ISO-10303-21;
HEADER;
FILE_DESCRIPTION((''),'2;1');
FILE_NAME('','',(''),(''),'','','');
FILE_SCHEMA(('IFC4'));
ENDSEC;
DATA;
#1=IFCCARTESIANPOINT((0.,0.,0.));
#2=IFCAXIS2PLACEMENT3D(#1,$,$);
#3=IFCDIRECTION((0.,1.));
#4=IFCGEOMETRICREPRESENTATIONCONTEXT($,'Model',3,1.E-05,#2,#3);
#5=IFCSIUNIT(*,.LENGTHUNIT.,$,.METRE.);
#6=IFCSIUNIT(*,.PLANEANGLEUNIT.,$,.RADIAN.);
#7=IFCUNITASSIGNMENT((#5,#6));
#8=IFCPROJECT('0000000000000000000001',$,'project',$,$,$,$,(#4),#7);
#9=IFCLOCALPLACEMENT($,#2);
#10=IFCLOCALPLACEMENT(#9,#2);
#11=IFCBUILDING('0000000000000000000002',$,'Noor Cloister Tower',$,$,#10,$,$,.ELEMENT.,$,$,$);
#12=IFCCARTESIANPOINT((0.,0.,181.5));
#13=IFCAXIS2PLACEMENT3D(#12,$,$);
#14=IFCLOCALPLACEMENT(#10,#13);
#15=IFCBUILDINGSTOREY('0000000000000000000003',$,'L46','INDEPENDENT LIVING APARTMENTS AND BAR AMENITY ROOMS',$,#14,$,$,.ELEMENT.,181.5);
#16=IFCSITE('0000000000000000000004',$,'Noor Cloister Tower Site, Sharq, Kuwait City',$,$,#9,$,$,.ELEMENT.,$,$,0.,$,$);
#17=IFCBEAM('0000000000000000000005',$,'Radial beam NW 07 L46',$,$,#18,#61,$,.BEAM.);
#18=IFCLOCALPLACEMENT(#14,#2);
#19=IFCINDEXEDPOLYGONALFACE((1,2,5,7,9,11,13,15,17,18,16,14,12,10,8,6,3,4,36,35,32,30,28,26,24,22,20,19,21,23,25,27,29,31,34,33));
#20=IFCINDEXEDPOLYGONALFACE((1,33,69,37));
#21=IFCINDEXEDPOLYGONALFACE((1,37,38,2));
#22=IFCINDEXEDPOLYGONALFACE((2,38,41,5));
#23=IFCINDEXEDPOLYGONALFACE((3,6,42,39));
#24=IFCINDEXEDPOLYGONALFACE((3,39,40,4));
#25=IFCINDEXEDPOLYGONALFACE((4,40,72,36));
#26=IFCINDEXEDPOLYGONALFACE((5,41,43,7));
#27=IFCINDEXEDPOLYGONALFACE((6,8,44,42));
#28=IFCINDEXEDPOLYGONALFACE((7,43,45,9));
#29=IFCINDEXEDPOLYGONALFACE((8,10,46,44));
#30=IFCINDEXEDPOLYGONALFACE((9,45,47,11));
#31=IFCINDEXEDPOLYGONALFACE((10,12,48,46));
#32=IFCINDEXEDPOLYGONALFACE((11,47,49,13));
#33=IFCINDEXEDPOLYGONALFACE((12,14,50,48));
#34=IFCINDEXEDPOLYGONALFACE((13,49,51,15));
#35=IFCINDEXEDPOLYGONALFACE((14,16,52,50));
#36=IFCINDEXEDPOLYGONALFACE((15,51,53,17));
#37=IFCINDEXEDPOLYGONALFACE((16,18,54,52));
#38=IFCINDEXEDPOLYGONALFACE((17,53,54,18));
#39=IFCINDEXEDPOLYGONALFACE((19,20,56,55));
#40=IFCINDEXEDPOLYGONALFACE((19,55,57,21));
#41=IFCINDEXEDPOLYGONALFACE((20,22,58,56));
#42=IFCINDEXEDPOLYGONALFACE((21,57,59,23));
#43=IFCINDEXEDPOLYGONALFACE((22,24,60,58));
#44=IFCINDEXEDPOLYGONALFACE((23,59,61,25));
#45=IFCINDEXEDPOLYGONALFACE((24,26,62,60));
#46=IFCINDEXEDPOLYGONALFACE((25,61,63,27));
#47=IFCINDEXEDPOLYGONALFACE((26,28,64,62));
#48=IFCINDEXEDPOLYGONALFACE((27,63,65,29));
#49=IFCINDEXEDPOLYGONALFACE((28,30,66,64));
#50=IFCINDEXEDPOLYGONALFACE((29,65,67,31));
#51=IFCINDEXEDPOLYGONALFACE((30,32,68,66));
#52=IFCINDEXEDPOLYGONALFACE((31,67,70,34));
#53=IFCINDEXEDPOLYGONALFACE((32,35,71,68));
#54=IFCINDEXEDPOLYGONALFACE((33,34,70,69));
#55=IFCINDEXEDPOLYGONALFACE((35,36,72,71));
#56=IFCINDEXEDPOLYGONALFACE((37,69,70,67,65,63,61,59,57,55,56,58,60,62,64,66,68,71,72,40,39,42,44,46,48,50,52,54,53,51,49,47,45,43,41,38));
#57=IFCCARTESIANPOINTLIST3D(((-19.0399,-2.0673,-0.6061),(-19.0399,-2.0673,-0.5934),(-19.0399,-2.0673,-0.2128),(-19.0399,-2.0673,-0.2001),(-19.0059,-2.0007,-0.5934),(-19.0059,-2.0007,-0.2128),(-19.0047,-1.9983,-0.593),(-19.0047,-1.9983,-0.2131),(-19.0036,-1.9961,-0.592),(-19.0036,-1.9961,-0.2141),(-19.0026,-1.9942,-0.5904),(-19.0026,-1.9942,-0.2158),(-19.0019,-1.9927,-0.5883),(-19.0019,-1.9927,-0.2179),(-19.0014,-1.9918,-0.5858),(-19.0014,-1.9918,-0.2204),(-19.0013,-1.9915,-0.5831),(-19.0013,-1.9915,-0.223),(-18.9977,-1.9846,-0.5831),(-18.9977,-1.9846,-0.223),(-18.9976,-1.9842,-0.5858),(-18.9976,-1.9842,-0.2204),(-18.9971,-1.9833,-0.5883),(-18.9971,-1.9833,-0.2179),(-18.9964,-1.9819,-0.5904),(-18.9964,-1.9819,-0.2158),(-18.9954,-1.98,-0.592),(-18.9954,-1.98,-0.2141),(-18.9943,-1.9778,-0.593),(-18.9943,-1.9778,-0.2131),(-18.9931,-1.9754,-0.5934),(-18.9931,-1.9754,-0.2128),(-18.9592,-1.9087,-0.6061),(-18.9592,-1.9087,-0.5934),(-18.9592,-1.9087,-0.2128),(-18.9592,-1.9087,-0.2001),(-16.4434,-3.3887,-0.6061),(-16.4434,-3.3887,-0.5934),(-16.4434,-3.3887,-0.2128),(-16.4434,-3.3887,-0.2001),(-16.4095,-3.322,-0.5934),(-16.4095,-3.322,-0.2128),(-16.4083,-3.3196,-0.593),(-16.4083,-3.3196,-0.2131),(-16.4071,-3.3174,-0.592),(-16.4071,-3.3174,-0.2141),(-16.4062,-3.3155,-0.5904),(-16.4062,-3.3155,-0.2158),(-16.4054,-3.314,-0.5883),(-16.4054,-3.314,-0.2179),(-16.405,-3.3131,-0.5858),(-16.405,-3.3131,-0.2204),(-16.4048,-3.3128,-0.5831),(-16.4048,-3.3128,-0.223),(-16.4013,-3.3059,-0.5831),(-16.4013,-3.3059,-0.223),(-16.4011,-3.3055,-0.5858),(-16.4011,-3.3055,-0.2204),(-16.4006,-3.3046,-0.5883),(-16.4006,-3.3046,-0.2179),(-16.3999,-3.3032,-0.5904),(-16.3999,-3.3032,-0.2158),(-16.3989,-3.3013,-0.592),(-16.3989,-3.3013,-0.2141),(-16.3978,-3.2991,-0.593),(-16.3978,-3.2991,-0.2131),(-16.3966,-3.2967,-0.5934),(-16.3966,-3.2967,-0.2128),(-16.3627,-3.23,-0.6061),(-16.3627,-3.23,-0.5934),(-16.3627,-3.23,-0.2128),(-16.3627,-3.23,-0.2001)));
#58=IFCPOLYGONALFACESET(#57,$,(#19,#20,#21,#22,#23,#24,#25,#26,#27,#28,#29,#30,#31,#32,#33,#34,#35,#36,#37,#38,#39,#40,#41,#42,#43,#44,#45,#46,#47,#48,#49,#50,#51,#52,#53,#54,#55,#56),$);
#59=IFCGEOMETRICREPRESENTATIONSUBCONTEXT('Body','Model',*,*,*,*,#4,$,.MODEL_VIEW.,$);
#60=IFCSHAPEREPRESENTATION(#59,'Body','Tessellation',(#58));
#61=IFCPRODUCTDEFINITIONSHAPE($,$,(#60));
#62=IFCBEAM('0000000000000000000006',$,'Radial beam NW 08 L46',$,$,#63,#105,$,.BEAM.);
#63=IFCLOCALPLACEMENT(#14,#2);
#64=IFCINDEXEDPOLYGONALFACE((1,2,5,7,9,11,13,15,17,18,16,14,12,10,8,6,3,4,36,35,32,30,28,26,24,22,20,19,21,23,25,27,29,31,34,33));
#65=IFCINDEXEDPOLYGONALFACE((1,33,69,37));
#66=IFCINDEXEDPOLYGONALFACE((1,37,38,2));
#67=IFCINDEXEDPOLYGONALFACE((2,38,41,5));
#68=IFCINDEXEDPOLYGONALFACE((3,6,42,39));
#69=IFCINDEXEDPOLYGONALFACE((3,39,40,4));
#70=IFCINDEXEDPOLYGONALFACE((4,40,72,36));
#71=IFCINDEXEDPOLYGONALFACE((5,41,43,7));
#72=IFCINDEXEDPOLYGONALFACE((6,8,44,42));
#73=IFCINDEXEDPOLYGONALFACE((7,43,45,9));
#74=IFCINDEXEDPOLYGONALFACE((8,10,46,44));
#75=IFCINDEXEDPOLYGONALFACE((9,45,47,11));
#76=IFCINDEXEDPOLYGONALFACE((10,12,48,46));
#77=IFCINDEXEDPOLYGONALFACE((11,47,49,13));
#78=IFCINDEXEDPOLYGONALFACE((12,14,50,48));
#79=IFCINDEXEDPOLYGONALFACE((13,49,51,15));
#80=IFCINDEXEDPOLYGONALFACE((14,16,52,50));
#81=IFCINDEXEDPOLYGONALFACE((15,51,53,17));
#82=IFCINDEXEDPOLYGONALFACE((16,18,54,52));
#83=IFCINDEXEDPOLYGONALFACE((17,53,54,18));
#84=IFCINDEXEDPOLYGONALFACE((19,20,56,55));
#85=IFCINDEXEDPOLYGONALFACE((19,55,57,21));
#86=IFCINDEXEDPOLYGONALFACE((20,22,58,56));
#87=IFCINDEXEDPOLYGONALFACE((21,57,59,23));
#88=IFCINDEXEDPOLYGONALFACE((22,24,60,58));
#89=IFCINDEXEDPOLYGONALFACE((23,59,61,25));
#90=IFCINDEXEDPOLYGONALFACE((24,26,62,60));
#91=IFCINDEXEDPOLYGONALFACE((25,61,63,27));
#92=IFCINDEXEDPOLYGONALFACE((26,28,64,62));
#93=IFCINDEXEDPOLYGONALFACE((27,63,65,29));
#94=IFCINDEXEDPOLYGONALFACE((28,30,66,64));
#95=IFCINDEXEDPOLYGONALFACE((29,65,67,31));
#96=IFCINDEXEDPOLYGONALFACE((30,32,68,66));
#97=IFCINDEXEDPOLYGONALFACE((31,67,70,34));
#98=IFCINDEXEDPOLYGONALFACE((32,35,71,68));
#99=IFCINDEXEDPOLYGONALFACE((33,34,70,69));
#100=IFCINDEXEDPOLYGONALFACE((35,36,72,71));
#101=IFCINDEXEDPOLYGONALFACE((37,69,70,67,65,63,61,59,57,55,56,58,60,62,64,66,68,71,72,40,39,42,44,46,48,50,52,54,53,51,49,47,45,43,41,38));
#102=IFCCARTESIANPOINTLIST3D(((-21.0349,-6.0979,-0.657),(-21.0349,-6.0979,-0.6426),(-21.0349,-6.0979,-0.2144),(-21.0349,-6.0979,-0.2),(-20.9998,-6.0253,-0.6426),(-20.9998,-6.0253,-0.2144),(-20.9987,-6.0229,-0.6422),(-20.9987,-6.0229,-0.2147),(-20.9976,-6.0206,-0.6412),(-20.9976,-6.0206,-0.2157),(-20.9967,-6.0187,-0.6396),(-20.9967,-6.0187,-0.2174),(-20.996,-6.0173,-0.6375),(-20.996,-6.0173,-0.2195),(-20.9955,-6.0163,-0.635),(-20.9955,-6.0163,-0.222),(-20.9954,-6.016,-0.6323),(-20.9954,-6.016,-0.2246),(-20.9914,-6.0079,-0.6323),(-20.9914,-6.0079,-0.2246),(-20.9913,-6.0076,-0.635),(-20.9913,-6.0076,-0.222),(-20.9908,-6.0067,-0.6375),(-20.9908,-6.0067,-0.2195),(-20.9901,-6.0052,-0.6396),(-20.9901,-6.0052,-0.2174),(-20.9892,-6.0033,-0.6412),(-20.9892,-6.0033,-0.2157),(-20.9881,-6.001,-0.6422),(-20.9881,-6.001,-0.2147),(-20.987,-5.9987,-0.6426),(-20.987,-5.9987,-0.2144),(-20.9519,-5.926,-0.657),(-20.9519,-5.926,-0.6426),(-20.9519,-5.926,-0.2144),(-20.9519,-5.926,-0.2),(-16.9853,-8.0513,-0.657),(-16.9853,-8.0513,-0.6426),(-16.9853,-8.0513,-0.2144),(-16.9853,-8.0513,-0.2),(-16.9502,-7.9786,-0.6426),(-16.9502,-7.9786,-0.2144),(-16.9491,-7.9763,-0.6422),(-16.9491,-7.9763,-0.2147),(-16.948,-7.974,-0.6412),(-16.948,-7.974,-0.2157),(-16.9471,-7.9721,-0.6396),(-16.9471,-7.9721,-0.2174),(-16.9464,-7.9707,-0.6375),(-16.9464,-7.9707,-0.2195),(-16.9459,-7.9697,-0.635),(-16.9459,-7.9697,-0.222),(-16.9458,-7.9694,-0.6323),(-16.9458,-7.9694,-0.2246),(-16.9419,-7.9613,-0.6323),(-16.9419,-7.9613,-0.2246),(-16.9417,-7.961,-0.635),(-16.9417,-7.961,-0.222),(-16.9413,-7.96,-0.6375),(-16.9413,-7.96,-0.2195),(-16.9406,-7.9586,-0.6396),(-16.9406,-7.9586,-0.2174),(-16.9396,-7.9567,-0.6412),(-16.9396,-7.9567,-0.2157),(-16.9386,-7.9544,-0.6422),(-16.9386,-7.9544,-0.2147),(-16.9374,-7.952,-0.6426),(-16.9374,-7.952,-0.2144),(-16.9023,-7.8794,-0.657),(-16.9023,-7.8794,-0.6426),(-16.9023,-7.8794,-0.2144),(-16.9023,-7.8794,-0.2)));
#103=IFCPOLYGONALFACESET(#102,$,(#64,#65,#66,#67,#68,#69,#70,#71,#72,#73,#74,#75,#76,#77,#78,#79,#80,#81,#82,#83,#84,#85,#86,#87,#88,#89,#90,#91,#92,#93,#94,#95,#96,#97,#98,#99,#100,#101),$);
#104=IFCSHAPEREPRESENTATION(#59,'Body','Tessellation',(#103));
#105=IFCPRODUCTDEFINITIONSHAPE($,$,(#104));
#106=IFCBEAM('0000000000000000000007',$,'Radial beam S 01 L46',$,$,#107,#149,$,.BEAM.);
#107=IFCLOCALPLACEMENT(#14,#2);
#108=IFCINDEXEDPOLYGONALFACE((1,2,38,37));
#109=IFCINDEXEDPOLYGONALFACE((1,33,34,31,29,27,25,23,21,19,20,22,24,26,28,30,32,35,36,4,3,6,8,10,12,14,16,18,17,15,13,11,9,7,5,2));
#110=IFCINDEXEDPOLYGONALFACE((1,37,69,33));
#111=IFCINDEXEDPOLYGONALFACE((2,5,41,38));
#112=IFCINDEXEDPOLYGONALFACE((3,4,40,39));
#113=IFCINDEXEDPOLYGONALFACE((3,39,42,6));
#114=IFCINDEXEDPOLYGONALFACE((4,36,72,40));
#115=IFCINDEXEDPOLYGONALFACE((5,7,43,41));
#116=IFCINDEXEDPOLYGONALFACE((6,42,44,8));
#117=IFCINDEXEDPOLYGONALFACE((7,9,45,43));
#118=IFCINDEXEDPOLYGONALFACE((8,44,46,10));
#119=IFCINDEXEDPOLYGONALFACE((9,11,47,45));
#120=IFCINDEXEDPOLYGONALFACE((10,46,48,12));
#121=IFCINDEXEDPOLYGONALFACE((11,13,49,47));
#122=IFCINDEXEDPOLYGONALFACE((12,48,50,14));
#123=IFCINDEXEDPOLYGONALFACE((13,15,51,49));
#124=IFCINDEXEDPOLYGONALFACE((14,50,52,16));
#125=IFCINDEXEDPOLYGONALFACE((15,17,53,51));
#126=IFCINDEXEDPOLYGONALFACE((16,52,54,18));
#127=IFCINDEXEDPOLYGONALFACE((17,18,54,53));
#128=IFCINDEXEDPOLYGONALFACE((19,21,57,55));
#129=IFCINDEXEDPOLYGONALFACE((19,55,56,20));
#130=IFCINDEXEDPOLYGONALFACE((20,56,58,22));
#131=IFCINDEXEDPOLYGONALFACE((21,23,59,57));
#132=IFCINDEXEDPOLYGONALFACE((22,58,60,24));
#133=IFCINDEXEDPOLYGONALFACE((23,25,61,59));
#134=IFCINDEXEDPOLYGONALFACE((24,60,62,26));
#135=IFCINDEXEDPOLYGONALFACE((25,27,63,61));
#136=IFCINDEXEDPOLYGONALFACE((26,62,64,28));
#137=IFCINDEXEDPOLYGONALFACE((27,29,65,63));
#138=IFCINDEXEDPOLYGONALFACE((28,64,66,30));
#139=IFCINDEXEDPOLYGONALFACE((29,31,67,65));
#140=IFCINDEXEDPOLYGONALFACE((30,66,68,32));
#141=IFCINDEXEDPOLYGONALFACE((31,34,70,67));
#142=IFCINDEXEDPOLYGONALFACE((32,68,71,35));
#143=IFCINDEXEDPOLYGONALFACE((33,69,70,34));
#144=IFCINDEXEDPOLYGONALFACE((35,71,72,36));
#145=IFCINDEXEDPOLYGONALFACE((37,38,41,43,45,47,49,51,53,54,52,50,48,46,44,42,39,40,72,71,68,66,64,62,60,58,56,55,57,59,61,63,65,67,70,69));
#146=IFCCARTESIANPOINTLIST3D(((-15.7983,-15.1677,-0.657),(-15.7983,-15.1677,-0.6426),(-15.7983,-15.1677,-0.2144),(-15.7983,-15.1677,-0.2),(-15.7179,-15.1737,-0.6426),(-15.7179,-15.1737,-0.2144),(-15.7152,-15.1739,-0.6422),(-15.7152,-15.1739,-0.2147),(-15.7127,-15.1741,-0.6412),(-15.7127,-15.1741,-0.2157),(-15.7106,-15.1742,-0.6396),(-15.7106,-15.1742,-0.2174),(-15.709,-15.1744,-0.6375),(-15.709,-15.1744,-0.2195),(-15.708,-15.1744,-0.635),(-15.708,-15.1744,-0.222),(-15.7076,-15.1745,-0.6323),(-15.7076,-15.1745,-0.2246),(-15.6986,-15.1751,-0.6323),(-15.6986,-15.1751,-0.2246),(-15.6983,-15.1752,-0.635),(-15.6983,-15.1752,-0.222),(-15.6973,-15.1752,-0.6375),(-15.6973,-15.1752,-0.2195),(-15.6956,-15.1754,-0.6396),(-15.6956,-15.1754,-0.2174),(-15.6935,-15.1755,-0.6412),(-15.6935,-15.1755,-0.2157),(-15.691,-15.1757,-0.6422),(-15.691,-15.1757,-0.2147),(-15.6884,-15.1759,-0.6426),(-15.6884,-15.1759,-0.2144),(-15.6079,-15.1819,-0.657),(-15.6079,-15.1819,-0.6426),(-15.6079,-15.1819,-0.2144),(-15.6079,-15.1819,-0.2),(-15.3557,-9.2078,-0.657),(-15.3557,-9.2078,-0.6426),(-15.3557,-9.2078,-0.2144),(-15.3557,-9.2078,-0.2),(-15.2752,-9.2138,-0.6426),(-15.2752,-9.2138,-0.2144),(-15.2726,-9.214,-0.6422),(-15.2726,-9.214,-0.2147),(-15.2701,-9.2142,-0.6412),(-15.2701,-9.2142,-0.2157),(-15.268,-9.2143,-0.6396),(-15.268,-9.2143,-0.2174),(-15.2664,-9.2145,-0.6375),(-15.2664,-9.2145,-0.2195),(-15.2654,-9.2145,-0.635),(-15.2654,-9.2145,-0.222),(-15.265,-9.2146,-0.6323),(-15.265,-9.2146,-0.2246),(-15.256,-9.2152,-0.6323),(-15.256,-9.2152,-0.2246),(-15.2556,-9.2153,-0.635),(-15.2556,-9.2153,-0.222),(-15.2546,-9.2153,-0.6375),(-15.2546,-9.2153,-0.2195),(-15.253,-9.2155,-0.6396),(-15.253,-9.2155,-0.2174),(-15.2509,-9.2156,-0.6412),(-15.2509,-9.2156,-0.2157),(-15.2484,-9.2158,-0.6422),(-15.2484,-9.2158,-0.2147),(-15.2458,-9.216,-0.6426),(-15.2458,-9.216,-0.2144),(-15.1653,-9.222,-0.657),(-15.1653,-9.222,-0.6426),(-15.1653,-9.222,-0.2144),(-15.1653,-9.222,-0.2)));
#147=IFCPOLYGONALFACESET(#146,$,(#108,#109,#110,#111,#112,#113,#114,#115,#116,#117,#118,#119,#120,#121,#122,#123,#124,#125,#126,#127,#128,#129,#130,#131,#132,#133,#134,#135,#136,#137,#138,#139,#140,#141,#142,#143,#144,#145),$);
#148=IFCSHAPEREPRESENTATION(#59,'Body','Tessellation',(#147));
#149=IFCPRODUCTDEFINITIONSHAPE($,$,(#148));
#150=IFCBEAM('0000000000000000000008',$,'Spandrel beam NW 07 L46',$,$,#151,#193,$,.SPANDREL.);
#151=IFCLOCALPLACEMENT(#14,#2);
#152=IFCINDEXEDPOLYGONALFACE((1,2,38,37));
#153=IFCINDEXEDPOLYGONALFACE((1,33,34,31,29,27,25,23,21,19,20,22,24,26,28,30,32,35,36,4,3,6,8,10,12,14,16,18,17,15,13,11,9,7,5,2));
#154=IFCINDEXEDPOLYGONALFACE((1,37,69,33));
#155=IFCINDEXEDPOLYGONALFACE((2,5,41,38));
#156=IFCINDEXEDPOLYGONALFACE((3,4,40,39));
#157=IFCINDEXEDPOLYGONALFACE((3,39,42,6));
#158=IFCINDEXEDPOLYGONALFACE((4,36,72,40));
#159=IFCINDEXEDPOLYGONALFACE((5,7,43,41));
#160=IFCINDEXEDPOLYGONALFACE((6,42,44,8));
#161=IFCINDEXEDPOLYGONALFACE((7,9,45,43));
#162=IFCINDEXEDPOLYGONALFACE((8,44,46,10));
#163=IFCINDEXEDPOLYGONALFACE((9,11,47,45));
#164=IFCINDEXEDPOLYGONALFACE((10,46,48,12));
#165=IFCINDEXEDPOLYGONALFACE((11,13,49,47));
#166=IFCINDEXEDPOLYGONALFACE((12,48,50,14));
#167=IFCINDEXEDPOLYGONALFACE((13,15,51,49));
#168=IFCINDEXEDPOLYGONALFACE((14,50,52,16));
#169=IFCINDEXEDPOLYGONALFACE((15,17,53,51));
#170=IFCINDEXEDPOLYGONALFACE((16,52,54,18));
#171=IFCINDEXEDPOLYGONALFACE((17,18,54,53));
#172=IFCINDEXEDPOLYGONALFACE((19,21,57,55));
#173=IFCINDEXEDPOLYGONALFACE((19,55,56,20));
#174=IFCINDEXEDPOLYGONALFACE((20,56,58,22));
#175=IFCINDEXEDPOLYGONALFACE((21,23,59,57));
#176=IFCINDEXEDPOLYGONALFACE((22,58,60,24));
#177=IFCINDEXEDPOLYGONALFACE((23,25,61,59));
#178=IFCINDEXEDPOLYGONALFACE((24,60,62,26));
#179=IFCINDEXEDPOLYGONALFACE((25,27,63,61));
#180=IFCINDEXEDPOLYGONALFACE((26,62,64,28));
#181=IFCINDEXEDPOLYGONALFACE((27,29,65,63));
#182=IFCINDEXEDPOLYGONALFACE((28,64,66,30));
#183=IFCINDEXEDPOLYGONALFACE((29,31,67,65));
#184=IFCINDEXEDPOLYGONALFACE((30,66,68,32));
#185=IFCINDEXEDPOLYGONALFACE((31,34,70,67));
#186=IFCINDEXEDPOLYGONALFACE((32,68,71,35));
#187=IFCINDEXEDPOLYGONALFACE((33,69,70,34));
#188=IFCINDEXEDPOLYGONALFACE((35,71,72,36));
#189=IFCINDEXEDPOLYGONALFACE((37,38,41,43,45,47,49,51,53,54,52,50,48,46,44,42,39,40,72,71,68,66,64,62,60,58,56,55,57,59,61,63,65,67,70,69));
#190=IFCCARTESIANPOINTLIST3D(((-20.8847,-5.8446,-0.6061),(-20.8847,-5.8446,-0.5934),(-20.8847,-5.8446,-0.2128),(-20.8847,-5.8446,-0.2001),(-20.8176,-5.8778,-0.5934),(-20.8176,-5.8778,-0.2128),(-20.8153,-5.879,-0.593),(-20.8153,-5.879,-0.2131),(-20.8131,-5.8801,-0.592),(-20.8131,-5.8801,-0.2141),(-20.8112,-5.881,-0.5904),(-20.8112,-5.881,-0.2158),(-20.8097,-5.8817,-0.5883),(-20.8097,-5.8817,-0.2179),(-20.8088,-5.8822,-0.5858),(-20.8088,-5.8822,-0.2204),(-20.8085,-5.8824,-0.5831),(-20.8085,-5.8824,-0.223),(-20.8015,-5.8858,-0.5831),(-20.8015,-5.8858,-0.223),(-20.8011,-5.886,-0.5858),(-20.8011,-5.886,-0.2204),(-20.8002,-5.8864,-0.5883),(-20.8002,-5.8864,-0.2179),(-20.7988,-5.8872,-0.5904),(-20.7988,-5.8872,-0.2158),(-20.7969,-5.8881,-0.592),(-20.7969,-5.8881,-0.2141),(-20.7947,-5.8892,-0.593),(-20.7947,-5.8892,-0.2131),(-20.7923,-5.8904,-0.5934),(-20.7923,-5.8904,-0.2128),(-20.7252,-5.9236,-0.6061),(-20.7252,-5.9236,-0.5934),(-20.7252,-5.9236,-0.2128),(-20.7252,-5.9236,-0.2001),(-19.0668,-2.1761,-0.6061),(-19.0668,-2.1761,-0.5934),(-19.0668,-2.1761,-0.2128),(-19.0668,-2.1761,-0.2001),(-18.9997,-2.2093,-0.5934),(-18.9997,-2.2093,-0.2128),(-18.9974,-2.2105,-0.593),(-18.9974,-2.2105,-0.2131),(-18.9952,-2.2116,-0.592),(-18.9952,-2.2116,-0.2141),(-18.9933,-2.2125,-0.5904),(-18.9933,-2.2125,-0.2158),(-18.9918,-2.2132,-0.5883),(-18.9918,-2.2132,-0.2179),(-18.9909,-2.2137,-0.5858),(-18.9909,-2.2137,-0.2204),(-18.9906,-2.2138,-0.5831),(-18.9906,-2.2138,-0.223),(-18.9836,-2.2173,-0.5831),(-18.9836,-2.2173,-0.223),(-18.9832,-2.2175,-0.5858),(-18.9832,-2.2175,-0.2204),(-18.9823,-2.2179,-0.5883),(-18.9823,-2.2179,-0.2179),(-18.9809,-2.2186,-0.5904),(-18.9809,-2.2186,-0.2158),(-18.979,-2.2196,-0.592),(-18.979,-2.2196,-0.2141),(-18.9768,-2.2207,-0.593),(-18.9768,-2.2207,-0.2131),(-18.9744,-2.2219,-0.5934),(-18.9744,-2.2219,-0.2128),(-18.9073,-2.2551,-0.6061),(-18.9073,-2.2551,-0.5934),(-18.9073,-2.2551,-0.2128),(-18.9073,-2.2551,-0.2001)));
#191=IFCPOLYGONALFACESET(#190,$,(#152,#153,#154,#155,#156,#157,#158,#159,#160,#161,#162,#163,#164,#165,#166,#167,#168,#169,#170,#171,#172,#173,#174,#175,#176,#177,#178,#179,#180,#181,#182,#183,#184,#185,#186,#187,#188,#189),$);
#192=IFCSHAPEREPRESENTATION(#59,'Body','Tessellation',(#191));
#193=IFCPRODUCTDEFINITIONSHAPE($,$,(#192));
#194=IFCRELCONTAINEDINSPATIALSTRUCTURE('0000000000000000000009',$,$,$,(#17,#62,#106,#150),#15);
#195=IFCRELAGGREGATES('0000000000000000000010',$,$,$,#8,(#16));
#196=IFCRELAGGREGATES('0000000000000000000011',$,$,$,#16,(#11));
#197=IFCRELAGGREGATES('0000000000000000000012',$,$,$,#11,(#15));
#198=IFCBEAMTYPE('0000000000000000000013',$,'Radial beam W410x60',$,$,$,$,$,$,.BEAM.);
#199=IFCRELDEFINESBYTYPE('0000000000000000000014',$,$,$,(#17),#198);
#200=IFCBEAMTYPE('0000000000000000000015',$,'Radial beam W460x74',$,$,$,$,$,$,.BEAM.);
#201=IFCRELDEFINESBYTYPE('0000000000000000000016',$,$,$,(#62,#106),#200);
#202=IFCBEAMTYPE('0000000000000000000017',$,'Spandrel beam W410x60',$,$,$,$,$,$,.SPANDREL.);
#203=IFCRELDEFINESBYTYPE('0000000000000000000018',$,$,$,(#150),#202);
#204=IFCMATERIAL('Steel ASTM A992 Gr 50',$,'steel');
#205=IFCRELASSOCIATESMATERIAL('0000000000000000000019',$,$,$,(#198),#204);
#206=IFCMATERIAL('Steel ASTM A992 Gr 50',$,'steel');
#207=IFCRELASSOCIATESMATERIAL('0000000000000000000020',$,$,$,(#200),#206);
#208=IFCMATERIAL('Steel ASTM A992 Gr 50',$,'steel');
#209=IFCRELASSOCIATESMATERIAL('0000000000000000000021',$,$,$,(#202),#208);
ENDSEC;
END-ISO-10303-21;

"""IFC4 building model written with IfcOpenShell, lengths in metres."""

from ifc_helpers import new_model, si_unit, direction, frame, origin, origin_2d, place, context, subcontext, project, spatial, i_section, extrude, material, material_profile, profile_set, type_object, element, save


model = new_model("IFC4")

# Units and contexts
model_context = context("Model", 3, precision=1e-05, world=origin(), true_north=direction((0.0, 1.0)))
body_context = subcontext(model_context, "Body", "Model", "MODEL_VIEW")
ifc_project = project(units=[si_unit("LENGTHUNIT", "METRE"), si_unit("PLANEANGLEUNIT", "RADIAN")], contexts=[model_context])

# Site, building, storey
site_placement = place(None, origin())
site = spatial("IfcSite", under=ifc_project, at=site_placement, Name="Noor Cloister Tower Site, Sharq, Kuwait City", CompositionType="ELEMENT", RefElevation=0.0)
building_placement = place(site_placement, origin())
building = spatial("IfcBuilding", under=site, at=building_placement, Name="Noor Cloister Tower", CompositionType="ELEMENT")
storey_placement = place(building_placement, frame((0.0, 0.0, 181.5)))
storey = spatial("IfcBuildingStorey", under=building, at=storey_placement, Name="L46", Description="INDEPENDENT LIVING APARTMENTS AND BAR AMENITY ROOMS", CompositionType="ELEMENT", Elevation=181.5)

# Beams
ifc_material_1 = material(Name="Steel ASTM A992 Gr 50", Category="steel")
ifc_material_profile_1 = material_profile(ifc_material_1, i_section(OverallWidth=0.178, OverallDepth=0.406, WebThickness=0.0078, FlangeThickness=0.0127, FilletRadius=0.0103, at=origin_2d()), Name="W410x60")
ifc_profile_set_1 = profile_set([ifc_material_profile_1], Name="Steel ASTM A992 Gr 50")
beam_type_1 = type_object("IfcBeamType", Name="Radial beam W410x60", PredefinedType="BEAM", material=ifc_profile_set_1)
beam_1_placement = place(storey_placement, frame((-18.9995, -1.988, -0.4031), z_axis=(0.891237, -0.453538, 0.0), x_axis=(0.453538, 0.891237, 0.0)))
element("IfcBeam", 1, at=beam_1_placement, inside=storey, type_object=beam_type_1, Name="Radial beam NW 07 L46", PredefinedType="BEAM", context=body_context, shape_type="SweptSolid", body=[
    extrude(i_section(OverallWidth=0.178, OverallDepth=0.406, WebThickness=0.0078, FlangeThickness=0.0127, FilletRadius=0.0103, at=origin_2d()), origin(), (0.0, 0.0, 1.0), 2.9133),
])
ifc_material_2 = material(Name="Steel ASTM A992 Gr 50", Category="steel")
ifc_material_profile_2 = material_profile(ifc_material_2, i_section(OverallWidth=0.1909, OverallDepth=0.457, WebThickness=0.009, FlangeThickness=0.0144, FilletRadius=0.0103, at=origin_2d()), Name="W460x74")
ifc_profile_set_2 = profile_set([ifc_material_profile_2], Name="Steel ASTM A992 Gr 50")
beam_type_2 = type_object("IfcBeamType", Name="Radial beam W460x74", PredefinedType="BEAM", material=ifc_profile_set_2)
beam_2_placement = place(storey_placement, frame((-20.9934, -6.012, -0.4285), z_axis=(0.90069, -0.434462, 0.0), x_axis=(0.434462, 0.90069, 0.0)))
element("IfcBeam", 2, at=beam_2_placement, inside=storey, type_object=beam_type_2, Name="Radial beam NW 08 L46", PredefinedType="BEAM", context=body_context, shape_type="SweptSolid", body=[
    extrude(i_section(OverallWidth=0.1909, OverallDepth=0.457, WebThickness=0.009, FlangeThickness=0.0144, FilletRadius=0.0103, at=origin_2d()), origin(), (0.0, 0.0, 1.0), 4.4961),
])
beam_3_placement = place(storey_placement, frame((-15.7031, -15.1748, -0.4285), z_axis=(0.074063, 0.997254, 0.0), x_axis=(-0.997254, 0.074063, 0.0)))
element("IfcBeam", 3, at=beam_3_placement, inside=storey, type_object=beam_type_2, Name="Radial beam S 01 L46", PredefinedType="BEAM", context=body_context, shape_type="SweptSolid", body=[
    extrude(i_section(OverallWidth=0.1909, OverallDepth=0.457, WebThickness=0.009, FlangeThickness=0.0144, FilletRadius=0.0103, at=origin_2d()), origin(), (0.0, 0.0, 1.0), 5.9763),
])
ifc_material_3 = material(Name="Steel ASTM A992 Gr 50", Category="steel")
ifc_material_profile_3 = material_profile(ifc_material_3, i_section(OverallWidth=0.178, OverallDepth=0.406, WebThickness=0.0078, FlangeThickness=0.0127, FilletRadius=0.0103, at=origin_2d()), Name="W410x60")
ifc_profile_set_3 = profile_set([ifc_material_profile_3], Name="Steel ASTM A992 Gr 50")
beam_type_3 = type_object("IfcBeamType", Name="Spandrel beam W410x60", PredefinedType="SPANDREL", material=ifc_profile_set_3)
for number, where, z_axis, x_axis, name in (
    (4, (-18.9871, -2.2156, -0.4031), (-0.444015, -0.89602, 0.0), (0.89602, -0.444015, 0.0), "Spandrel beam NW 07 L46"),
):
    element("IfcBeam", number, at=place(storey_placement, frame(where, z_axis=z_axis, x_axis=x_axis)), inside=storey, type_object=beam_type_3, Name=name, PredefinedType="SPANDREL", context=body_context, shape_type="SweptSolid", body=[
        extrude(i_section(OverallWidth=0.178, OverallDepth=0.406, WebThickness=0.0078, FlangeThickness=0.0127, FilletRadius=0.0103, at=origin_2d()), origin(), (0.0, 0.0, 1.0), 4.0942),
    ])

save(model, "model.ifc")
